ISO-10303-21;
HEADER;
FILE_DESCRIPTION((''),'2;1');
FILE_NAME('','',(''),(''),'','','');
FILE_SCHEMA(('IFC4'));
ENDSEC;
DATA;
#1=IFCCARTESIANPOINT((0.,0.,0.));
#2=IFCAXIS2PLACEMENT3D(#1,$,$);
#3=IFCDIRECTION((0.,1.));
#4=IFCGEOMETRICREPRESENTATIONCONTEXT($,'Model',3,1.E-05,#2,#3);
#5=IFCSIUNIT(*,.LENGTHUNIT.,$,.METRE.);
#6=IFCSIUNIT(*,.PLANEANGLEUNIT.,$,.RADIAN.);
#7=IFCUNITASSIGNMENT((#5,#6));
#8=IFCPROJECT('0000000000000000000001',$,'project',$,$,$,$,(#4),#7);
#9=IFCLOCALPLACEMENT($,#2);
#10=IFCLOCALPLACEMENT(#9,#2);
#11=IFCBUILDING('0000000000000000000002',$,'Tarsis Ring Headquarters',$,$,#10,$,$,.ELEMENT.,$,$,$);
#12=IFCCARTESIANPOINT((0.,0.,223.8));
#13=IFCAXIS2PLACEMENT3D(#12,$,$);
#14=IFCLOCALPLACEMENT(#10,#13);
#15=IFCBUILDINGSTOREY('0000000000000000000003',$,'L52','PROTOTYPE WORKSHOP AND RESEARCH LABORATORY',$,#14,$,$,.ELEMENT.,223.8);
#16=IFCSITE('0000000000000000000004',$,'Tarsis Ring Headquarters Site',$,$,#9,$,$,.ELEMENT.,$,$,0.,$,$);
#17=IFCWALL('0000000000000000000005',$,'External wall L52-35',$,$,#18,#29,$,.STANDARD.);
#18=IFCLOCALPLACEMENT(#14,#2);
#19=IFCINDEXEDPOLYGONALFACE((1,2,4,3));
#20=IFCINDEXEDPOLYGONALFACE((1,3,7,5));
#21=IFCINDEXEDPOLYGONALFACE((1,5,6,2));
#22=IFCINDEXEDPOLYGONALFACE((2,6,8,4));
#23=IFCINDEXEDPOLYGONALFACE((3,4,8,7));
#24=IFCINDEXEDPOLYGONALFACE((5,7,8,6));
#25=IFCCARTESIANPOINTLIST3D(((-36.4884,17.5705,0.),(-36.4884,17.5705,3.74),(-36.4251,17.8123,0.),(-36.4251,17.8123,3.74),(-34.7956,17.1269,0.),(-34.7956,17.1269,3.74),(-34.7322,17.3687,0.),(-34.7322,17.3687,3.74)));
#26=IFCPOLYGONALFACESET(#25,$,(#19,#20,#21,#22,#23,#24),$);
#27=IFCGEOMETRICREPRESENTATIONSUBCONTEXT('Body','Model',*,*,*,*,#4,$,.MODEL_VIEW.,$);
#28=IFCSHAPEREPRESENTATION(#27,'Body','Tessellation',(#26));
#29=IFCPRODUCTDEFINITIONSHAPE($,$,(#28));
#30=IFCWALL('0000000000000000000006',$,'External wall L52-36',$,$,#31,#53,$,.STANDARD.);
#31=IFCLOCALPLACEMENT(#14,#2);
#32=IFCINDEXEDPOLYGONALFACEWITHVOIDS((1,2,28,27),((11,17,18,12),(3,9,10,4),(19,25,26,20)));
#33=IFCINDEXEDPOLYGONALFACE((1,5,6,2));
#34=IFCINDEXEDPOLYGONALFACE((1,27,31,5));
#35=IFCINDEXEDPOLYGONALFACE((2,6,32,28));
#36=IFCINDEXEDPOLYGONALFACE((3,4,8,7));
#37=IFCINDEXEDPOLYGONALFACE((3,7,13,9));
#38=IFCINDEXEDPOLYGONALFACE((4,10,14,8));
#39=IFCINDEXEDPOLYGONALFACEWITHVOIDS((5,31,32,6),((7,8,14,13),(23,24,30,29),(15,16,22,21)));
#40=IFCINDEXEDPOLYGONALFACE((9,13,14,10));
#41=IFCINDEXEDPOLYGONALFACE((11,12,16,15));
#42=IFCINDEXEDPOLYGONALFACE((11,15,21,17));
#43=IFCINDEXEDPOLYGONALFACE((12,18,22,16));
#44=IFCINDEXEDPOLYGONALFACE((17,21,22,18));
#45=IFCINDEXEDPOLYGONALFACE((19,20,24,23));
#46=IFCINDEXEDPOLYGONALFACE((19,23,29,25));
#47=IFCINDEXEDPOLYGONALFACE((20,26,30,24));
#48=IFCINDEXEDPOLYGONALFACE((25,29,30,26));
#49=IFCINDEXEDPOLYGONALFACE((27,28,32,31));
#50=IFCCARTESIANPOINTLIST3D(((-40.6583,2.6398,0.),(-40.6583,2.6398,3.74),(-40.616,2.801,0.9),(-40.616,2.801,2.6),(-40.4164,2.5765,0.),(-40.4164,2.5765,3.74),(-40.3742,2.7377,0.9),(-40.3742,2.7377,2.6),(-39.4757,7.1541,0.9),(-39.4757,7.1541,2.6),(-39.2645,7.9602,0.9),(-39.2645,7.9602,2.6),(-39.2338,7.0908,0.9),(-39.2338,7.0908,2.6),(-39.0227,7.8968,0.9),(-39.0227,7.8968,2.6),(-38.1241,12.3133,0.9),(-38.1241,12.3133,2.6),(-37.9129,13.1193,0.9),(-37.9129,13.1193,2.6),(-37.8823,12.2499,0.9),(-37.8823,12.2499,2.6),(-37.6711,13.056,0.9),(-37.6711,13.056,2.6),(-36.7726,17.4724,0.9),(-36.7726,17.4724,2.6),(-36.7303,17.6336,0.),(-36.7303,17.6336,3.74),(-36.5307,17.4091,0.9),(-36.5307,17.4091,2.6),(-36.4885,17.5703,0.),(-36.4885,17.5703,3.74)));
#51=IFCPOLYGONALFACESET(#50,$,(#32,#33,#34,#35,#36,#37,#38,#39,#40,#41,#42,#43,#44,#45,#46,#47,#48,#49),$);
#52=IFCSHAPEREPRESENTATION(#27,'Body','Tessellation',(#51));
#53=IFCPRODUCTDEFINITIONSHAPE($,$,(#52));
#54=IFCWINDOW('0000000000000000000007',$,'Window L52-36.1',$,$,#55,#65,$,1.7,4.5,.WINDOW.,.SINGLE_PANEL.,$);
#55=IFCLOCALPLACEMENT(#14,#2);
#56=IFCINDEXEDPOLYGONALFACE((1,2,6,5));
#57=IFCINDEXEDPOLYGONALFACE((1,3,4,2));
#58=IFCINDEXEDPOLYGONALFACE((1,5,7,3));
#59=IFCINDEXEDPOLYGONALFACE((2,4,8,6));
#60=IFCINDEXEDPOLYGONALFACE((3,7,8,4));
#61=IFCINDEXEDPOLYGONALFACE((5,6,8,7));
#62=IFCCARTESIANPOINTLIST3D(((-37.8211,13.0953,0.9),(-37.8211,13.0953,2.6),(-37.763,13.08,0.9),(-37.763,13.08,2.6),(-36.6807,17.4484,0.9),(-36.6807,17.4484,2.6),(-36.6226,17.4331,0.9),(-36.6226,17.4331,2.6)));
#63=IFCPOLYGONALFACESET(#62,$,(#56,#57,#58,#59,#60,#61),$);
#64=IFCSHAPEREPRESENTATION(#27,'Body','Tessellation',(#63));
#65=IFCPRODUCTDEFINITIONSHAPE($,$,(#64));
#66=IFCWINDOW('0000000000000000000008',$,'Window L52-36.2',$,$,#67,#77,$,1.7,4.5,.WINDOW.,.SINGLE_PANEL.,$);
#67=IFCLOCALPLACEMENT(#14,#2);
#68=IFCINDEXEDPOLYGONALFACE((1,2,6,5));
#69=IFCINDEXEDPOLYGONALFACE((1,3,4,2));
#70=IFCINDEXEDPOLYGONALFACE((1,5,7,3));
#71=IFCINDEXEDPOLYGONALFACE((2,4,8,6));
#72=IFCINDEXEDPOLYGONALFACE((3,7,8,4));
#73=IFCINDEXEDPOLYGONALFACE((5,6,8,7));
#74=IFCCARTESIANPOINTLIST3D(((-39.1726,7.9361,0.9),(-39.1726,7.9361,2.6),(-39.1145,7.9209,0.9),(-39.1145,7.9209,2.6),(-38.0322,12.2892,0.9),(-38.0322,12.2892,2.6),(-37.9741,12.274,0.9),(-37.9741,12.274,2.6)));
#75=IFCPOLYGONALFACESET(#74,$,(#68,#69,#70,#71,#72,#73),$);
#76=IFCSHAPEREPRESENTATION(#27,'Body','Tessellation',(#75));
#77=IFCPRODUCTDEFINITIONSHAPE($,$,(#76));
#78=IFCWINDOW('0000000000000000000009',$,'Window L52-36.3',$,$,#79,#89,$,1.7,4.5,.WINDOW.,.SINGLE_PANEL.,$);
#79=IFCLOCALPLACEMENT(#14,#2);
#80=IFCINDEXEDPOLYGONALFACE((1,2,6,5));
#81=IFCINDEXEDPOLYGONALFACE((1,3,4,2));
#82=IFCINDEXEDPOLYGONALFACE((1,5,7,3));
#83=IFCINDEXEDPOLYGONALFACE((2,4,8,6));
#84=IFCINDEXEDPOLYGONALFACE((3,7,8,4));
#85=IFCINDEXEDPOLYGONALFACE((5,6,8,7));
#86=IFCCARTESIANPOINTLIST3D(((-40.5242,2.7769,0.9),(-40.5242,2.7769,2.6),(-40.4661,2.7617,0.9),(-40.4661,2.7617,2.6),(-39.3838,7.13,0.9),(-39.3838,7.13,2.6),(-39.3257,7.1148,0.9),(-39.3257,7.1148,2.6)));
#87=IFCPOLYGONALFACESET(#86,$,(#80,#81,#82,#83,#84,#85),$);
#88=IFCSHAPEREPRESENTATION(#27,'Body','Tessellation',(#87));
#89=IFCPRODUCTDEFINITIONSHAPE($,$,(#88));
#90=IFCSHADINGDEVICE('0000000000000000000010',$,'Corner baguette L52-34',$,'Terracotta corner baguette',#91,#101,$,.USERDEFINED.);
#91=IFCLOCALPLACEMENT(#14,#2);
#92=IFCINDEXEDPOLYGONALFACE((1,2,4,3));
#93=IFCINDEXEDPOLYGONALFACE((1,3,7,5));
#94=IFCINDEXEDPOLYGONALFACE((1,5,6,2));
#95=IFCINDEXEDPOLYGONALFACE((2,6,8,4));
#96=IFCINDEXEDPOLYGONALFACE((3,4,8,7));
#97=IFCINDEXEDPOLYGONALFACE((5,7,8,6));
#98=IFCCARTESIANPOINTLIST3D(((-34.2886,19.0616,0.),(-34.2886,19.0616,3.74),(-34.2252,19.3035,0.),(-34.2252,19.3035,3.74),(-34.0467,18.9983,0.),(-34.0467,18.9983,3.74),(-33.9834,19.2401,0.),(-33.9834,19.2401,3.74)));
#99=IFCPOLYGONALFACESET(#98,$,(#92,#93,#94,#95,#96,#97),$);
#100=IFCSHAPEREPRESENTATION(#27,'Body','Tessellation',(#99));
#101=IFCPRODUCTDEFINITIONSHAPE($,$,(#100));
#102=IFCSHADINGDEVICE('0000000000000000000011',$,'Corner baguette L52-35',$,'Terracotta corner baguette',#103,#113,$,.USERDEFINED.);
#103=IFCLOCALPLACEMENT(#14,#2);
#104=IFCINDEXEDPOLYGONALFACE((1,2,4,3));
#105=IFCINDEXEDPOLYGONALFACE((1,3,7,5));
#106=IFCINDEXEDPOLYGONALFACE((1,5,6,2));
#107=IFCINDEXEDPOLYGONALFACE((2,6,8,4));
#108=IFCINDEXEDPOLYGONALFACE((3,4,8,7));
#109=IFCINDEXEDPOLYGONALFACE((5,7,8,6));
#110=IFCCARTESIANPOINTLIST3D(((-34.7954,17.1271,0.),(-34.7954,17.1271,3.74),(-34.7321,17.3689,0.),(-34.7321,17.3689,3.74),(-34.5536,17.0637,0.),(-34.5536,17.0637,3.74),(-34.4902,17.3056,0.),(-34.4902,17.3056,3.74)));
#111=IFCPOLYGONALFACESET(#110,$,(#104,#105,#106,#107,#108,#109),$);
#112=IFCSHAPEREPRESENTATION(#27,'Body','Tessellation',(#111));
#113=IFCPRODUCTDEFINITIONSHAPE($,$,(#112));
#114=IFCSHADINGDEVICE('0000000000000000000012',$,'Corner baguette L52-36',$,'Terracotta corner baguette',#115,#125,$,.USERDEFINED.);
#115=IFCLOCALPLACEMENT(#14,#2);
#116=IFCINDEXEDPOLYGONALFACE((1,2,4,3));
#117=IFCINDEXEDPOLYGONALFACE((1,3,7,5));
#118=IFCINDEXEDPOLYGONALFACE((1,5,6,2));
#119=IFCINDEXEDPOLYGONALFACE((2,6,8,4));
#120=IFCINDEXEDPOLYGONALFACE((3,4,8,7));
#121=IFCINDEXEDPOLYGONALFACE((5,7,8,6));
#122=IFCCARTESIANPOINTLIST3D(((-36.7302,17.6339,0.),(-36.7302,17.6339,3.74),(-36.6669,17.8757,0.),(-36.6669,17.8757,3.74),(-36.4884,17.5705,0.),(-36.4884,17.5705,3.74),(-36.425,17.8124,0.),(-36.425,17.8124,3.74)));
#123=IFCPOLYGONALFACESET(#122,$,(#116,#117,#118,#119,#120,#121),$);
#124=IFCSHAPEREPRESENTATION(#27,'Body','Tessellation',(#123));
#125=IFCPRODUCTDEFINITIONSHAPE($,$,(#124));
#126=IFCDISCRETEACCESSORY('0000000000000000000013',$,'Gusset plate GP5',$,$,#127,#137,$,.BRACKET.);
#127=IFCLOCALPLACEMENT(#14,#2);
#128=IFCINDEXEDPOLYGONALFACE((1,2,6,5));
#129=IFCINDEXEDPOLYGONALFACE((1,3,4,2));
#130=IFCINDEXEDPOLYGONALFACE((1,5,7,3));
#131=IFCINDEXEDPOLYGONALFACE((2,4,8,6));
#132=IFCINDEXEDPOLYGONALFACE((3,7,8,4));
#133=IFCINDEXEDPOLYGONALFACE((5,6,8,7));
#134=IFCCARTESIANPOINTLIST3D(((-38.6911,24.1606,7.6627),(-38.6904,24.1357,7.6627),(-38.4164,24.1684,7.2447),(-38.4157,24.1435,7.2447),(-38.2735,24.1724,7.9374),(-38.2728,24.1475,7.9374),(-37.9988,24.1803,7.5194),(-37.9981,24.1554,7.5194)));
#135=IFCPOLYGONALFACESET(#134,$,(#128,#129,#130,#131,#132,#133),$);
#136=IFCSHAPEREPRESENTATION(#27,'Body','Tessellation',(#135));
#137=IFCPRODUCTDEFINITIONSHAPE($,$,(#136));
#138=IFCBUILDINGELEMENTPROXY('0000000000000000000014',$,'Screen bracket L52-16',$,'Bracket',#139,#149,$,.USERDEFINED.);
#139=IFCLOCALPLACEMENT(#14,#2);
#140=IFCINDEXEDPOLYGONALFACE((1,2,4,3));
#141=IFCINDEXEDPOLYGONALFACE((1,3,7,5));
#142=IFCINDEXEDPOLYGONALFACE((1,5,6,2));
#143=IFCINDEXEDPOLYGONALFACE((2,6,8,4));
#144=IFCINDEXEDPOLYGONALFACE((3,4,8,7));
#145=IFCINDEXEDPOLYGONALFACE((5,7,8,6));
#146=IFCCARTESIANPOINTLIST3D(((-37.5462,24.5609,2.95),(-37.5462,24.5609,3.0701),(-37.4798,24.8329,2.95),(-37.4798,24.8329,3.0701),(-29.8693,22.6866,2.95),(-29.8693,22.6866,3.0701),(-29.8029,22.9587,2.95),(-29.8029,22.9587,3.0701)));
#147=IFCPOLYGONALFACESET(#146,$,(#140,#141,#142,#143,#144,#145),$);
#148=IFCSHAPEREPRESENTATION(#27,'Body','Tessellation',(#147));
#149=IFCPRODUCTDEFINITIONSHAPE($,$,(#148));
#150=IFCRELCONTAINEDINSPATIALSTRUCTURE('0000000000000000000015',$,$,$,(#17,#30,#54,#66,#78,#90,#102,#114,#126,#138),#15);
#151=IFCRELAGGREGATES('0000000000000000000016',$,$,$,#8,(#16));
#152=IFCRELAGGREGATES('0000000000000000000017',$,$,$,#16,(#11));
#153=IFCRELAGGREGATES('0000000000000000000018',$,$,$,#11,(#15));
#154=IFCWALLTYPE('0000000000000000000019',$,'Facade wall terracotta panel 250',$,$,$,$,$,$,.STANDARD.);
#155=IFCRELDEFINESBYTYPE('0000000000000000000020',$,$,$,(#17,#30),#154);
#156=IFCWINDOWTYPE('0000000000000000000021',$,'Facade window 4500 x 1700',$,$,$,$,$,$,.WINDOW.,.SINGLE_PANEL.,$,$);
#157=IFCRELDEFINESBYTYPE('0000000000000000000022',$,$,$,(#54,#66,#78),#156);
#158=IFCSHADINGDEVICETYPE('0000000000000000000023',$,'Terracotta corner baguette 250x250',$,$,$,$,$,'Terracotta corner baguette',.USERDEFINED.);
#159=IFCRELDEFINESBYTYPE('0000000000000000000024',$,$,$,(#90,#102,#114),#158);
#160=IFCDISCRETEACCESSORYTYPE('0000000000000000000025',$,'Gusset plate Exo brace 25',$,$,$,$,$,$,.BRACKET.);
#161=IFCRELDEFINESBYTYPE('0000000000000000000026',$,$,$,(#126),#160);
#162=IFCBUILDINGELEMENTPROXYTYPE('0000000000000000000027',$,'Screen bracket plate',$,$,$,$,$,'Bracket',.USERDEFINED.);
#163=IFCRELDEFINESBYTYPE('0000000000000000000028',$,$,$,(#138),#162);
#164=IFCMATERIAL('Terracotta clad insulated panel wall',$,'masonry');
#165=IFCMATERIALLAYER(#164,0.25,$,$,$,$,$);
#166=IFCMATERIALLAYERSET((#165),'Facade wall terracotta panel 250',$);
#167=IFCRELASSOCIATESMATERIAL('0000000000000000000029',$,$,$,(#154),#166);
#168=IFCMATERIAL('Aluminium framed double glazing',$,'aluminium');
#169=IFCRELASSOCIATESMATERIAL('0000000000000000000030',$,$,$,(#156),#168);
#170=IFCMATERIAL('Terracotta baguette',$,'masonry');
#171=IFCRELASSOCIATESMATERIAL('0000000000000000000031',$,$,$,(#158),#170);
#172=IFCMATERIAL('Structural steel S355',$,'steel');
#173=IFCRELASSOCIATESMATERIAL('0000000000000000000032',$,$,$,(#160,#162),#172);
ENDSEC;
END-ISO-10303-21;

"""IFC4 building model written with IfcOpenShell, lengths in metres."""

from ifc_helpers import new_model, si_unit, direction, frame, frame_2d, origin, origin_2d, place, context, subcontext, project, spatial, rectangle, extrude, material, layer, layer_set, material_profile, profile_set, type_object, element, fill, save


model = new_model("IFC4")

# Units and contexts
model_context = context("Model", 3, precision=1e-05, world=origin(), true_north=direction((0.0, 1.0)))
body_context = subcontext(model_context, "Body", "Model", "MODEL_VIEW")
ifc_project = project(units=[si_unit("LENGTHUNIT", "METRE"), si_unit("PLANEANGLEUNIT", "RADIAN")], contexts=[model_context])

# Site, building, storey
site_placement = place(None, origin())
site = spatial("IfcSite", under=ifc_project, at=site_placement, Name="Tarsis Ring Headquarters Site", CompositionType="ELEMENT", RefElevation=0.0)
building_placement = place(site_placement, origin())
building = spatial("IfcBuilding", under=site, at=building_placement, Name="Tarsis Ring Headquarters", CompositionType="ELEMENT")
storey_placement = place(building_placement, frame((0.0, 0.0, 223.8)))
storey = spatial("IfcBuildingStorey", under=building, at=storey_placement, Name="L52", Description="PROTOTYPE WORKSHOP AND RESEARCH LABORATORY", CompositionType="ELEMENT", Elevation=223.8)

# Shared definitions
ifc_material_1 = material(Name="Structural steel S355", Category="steel")

# Wall
ifc_material_2 = material(Name="Terracotta clad insulated panel wall", Category="masonry")
ifc_layer = layer(ifc_material_2, 0.25)
ifc_layer_set = layer_set([ifc_layer], Name="Facade wall terracotta panel 250")
wall_type = type_object("IfcWallType", Name="Facade wall terracotta panel 250", PredefinedType="STANDARD", material=ifc_layer_set)
for number, where, z_axis, x_axis, name in (
    (1, (-34.7639, 17.2478, 0.0), (0.0, 0.0, 1.0), (-0.96734, 0.253484, 0.0), "External wall L52-35"),
):
    element("IfcWall", number, at=place(storey_placement, frame(where, z_axis=z_axis, x_axis=x_axis)), inside=storey, type_object=wall_type, Name=name, PredefinedType="STANDARD", context=body_context, shape_type="SweptSolid", body=[
        extrude(rectangle(XDim=1.75, YDim=0.25, at=frame_2d((0.875, 0.0))), origin(), (0.0, 0.0, 1.0), 3.74),
    ])

# Wall, openings, windows
wall_placement = place(storey_placement, frame((-36.6094, 17.6021, 0.0), z_axis=(0.0, 0.0, 1.0), x_axis=(-0.25342, -0.967356, 0.0)))
wall = element("IfcWall", 2, at=wall_placement, inside=storey, type_object=wall_type, Name="External wall L52-36", PredefinedType="STANDARD", context=body_context, shape_type="SweptSolid", body=[
    extrude(rectangle(XDim=15.4998, YDim=0.25, at=frame_2d((7.75, 0.0))), origin(), (0.0, 0.0, 1.0), 3.74),
])
opening_1_placement = place(wall_placement, frame((0.1667, 0.0, 0.8999)))
opening_1 = element("IfcOpeningElement", 3, at=opening_1_placement, cuts=wall, PredefinedType="OPENING", context=body_context, shape_type="SweptSolid", body=[
    extrude(rectangle(XDim=4.5, YDim=1.7, at=frame_2d((2.25, 0.8501))), frame((0.0, 0.135, 0.0), z_axis=(0.0, -1.0, 0.0), x_axis=(1.0, 0.0, 0.0)), (0.0, 0.0, 1.0), 0.27),
])
opening_2_placement = place(wall_placement, frame((5.5, 0.0, 0.8999)))
opening_2 = element("IfcOpeningElement", 4, at=opening_2_placement, cuts=wall, PredefinedType="OPENING", context=body_context, shape_type="SweptSolid", body=[
    extrude(rectangle(XDim=4.5, YDim=1.7, at=frame_2d((2.25, 0.8501))), frame((0.0, 0.135, 0.0), z_axis=(0.0, -1.0, 0.0), x_axis=(1.0, 0.0, 0.0)), (0.0, 0.0, 1.0), 0.27),
])
opening_3_placement = place(wall_placement, frame((10.8333, 0.0, 0.8999)))
opening_3 = element("IfcOpeningElement", 5, at=opening_3_placement, cuts=wall, PredefinedType="OPENING", context=body_context, shape_type="SweptSolid", body=[
    extrude(rectangle(XDim=4.5, YDim=1.7, at=frame_2d((2.25, 0.8501))), frame((0.0, 0.135, 0.0), z_axis=(0.0, -1.0, 0.0), x_axis=(1.0, 0.0, 0.0)), (0.0, 0.0, 1.0), 0.27),
])
ifc_material_3 = material(Name="Aluminium framed double glazing", Category="aluminium")
window_type = type_object("IfcWindowType", Name="Facade window 4500 x 1700", PartitioningType="SINGLE_PANEL", PredefinedType="WINDOW", material=ifc_material_3)
window_1_placement = place(opening_1_placement, origin())
window_1 = element("IfcWindow", 6, at=window_1_placement, inside=storey, type_object=window_type, Name="Window L52-36.1", OverallHeight=1.7, OverallWidth=4.5, PartitioningType="SINGLE_PANEL", PredefinedType="WINDOW", context=body_context, shape_type="SweptSolid", body=[
    extrude(rectangle(XDim=4.5, YDim=1.7, at=frame_2d((2.25, 0.8501))), frame((0.0, 0.03, 0.0), z_axis=(0.0, -1.0, 0.0), x_axis=(1.0, 0.0, 0.0)), (0.0, 0.0, 1.0), 0.0601),
])
fill(opening_1, window_1)
window_2_placement = place(opening_2_placement, origin())
window_2 = element("IfcWindow", 7, at=window_2_placement, inside=storey, type_object=window_type, Name="Window L52-36.2", OverallHeight=1.7, OverallWidth=4.5, PartitioningType="SINGLE_PANEL", PredefinedType="WINDOW", context=body_context, shape_type="SweptSolid", body=[
    extrude(rectangle(XDim=4.5, YDim=1.7, at=frame_2d((2.25, 0.8501))), frame((0.0, 0.03, 0.0), z_axis=(0.0, -1.0, 0.0), x_axis=(1.0, 0.0, 0.0)), (0.0, 0.0, 1.0), 0.0601),
])
fill(opening_2, window_2)
window_3_placement = place(opening_3_placement, origin())
window_3 = element("IfcWindow", 8, at=window_3_placement, inside=storey, type_object=window_type, Name="Window L52-36.3", OverallHeight=1.7, OverallWidth=4.5, PartitioningType="SINGLE_PANEL", PredefinedType="WINDOW", context=body_context, shape_type="SweptSolid", body=[
    extrude(rectangle(XDim=4.5, YDim=1.7, at=frame_2d((2.25, 0.8501))), frame((0.0, 0.03, 0.0), z_axis=(0.0, -1.0, 0.0), x_axis=(1.0, 0.0, 0.0)), (0.0, 0.0, 1.0), 0.0601),
])
fill(opening_3, window_3)

# Shading devices
ifc_material_4 = material(Name="Terracotta baguette", Category="masonry")
shading_device_type_1 = type_object("IfcShadingDeviceType", Name="Terracotta corner baguette 250x250", ElementType="Terracotta corner baguette", PredefinedType="USERDEFINED", material=ifc_material_4)
for number, where, z_axis, x_axis, name in (
    (9, (-34.136, 19.1509, 0.0), (0.0, 0.0, 1.0), (-0.967356, 0.25342, 0.0), "Corner baguette L52-34"),
    (10, (-34.6428, 17.2163, 0.0), (0.0, 0.0, 1.0), (-0.25342, -0.967356, 0.0), "Corner baguette L52-35"),
    (11, (-36.5776, 17.7231, 0.0), (0.0, 0.0, 1.0), (-0.967356, 0.25342, 0.0), "Corner baguette L52-36"),
):
    element("IfcShadingDevice", number, at=place(storey_placement, frame(where, z_axis=z_axis, x_axis=x_axis)), inside=storey, type_object=shading_device_type_1, Name=name, ObjectType="Terracotta corner baguette", PredefinedType="USERDEFINED", context=body_context, shape_type="SweptSolid", body=[
        extrude(rectangle(XDim=0.25, YDim=0.25, at=origin_2d()), origin(), (0.0, 0.0, 1.0), 3.74),
    ])

# Discrete accessory
ifc_material_profile_1 = material_profile(ifc_material_1, rectangle(XDim=0.0249, YDim=0.5, at=origin_2d()), Name="PL 25x500")
ifc_profile_set_1 = profile_set([ifc_material_profile_1], Name="Structural steel S355")
discrete_accessory_type = type_object("IfcDiscreteAccessoryType", Name="Gusset plate Exo brace 25", PredefinedType="BRACKET", material=ifc_profile_set_1)
discrete_accessory_placement = place(storey_placement, frame((-38.4819, 24.1541, 7.8), z_axis=(0.549101, 0.015619, -0.83561), x_axis=(-0.028433, 0.999596, 0.0)))
element("IfcDiscreteAccessory", 12, at=discrete_accessory_placement, inside=storey, type_object=discrete_accessory_type, Name="Gusset plate GP5", PredefinedType="BRACKET", context=body_context, shape_type="SweptSolid", body=[
    extrude(rectangle(XDim=0.0249, YDim=0.5, at=origin_2d()), origin(), (0.0, 0.0, 1.0), 0.5002),
])

# Building element proxy
building_element_proxy_type = type_object("IfcBuildingElementProxyType", Name="Screen bracket plate", ElementType="Bracket", PredefinedType="USERDEFINED", material=ifc_material_1)
proxy_placement = place(storey_placement, frame((-33.6746, 23.7598, 2.95), z_axis=(0.0, 0.0, 1.0), x_axis=(-0.971466, 0.237177, 0.0)))
element("IfcBuildingElementProxy", 13, at=proxy_placement, inside=storey, type_object=building_element_proxy_type, Name="Screen bracket L52-16", ObjectType="Bracket", PredefinedType="USERDEFINED", context=body_context, shape_type="SweptSolid", body=[
    extrude(rectangle(XDim=7.9023, YDim=0.28, at=origin_2d()), origin(), (0.0, 0.0, 1.0), 0.1201),
])

save(model, "model.ifc")
